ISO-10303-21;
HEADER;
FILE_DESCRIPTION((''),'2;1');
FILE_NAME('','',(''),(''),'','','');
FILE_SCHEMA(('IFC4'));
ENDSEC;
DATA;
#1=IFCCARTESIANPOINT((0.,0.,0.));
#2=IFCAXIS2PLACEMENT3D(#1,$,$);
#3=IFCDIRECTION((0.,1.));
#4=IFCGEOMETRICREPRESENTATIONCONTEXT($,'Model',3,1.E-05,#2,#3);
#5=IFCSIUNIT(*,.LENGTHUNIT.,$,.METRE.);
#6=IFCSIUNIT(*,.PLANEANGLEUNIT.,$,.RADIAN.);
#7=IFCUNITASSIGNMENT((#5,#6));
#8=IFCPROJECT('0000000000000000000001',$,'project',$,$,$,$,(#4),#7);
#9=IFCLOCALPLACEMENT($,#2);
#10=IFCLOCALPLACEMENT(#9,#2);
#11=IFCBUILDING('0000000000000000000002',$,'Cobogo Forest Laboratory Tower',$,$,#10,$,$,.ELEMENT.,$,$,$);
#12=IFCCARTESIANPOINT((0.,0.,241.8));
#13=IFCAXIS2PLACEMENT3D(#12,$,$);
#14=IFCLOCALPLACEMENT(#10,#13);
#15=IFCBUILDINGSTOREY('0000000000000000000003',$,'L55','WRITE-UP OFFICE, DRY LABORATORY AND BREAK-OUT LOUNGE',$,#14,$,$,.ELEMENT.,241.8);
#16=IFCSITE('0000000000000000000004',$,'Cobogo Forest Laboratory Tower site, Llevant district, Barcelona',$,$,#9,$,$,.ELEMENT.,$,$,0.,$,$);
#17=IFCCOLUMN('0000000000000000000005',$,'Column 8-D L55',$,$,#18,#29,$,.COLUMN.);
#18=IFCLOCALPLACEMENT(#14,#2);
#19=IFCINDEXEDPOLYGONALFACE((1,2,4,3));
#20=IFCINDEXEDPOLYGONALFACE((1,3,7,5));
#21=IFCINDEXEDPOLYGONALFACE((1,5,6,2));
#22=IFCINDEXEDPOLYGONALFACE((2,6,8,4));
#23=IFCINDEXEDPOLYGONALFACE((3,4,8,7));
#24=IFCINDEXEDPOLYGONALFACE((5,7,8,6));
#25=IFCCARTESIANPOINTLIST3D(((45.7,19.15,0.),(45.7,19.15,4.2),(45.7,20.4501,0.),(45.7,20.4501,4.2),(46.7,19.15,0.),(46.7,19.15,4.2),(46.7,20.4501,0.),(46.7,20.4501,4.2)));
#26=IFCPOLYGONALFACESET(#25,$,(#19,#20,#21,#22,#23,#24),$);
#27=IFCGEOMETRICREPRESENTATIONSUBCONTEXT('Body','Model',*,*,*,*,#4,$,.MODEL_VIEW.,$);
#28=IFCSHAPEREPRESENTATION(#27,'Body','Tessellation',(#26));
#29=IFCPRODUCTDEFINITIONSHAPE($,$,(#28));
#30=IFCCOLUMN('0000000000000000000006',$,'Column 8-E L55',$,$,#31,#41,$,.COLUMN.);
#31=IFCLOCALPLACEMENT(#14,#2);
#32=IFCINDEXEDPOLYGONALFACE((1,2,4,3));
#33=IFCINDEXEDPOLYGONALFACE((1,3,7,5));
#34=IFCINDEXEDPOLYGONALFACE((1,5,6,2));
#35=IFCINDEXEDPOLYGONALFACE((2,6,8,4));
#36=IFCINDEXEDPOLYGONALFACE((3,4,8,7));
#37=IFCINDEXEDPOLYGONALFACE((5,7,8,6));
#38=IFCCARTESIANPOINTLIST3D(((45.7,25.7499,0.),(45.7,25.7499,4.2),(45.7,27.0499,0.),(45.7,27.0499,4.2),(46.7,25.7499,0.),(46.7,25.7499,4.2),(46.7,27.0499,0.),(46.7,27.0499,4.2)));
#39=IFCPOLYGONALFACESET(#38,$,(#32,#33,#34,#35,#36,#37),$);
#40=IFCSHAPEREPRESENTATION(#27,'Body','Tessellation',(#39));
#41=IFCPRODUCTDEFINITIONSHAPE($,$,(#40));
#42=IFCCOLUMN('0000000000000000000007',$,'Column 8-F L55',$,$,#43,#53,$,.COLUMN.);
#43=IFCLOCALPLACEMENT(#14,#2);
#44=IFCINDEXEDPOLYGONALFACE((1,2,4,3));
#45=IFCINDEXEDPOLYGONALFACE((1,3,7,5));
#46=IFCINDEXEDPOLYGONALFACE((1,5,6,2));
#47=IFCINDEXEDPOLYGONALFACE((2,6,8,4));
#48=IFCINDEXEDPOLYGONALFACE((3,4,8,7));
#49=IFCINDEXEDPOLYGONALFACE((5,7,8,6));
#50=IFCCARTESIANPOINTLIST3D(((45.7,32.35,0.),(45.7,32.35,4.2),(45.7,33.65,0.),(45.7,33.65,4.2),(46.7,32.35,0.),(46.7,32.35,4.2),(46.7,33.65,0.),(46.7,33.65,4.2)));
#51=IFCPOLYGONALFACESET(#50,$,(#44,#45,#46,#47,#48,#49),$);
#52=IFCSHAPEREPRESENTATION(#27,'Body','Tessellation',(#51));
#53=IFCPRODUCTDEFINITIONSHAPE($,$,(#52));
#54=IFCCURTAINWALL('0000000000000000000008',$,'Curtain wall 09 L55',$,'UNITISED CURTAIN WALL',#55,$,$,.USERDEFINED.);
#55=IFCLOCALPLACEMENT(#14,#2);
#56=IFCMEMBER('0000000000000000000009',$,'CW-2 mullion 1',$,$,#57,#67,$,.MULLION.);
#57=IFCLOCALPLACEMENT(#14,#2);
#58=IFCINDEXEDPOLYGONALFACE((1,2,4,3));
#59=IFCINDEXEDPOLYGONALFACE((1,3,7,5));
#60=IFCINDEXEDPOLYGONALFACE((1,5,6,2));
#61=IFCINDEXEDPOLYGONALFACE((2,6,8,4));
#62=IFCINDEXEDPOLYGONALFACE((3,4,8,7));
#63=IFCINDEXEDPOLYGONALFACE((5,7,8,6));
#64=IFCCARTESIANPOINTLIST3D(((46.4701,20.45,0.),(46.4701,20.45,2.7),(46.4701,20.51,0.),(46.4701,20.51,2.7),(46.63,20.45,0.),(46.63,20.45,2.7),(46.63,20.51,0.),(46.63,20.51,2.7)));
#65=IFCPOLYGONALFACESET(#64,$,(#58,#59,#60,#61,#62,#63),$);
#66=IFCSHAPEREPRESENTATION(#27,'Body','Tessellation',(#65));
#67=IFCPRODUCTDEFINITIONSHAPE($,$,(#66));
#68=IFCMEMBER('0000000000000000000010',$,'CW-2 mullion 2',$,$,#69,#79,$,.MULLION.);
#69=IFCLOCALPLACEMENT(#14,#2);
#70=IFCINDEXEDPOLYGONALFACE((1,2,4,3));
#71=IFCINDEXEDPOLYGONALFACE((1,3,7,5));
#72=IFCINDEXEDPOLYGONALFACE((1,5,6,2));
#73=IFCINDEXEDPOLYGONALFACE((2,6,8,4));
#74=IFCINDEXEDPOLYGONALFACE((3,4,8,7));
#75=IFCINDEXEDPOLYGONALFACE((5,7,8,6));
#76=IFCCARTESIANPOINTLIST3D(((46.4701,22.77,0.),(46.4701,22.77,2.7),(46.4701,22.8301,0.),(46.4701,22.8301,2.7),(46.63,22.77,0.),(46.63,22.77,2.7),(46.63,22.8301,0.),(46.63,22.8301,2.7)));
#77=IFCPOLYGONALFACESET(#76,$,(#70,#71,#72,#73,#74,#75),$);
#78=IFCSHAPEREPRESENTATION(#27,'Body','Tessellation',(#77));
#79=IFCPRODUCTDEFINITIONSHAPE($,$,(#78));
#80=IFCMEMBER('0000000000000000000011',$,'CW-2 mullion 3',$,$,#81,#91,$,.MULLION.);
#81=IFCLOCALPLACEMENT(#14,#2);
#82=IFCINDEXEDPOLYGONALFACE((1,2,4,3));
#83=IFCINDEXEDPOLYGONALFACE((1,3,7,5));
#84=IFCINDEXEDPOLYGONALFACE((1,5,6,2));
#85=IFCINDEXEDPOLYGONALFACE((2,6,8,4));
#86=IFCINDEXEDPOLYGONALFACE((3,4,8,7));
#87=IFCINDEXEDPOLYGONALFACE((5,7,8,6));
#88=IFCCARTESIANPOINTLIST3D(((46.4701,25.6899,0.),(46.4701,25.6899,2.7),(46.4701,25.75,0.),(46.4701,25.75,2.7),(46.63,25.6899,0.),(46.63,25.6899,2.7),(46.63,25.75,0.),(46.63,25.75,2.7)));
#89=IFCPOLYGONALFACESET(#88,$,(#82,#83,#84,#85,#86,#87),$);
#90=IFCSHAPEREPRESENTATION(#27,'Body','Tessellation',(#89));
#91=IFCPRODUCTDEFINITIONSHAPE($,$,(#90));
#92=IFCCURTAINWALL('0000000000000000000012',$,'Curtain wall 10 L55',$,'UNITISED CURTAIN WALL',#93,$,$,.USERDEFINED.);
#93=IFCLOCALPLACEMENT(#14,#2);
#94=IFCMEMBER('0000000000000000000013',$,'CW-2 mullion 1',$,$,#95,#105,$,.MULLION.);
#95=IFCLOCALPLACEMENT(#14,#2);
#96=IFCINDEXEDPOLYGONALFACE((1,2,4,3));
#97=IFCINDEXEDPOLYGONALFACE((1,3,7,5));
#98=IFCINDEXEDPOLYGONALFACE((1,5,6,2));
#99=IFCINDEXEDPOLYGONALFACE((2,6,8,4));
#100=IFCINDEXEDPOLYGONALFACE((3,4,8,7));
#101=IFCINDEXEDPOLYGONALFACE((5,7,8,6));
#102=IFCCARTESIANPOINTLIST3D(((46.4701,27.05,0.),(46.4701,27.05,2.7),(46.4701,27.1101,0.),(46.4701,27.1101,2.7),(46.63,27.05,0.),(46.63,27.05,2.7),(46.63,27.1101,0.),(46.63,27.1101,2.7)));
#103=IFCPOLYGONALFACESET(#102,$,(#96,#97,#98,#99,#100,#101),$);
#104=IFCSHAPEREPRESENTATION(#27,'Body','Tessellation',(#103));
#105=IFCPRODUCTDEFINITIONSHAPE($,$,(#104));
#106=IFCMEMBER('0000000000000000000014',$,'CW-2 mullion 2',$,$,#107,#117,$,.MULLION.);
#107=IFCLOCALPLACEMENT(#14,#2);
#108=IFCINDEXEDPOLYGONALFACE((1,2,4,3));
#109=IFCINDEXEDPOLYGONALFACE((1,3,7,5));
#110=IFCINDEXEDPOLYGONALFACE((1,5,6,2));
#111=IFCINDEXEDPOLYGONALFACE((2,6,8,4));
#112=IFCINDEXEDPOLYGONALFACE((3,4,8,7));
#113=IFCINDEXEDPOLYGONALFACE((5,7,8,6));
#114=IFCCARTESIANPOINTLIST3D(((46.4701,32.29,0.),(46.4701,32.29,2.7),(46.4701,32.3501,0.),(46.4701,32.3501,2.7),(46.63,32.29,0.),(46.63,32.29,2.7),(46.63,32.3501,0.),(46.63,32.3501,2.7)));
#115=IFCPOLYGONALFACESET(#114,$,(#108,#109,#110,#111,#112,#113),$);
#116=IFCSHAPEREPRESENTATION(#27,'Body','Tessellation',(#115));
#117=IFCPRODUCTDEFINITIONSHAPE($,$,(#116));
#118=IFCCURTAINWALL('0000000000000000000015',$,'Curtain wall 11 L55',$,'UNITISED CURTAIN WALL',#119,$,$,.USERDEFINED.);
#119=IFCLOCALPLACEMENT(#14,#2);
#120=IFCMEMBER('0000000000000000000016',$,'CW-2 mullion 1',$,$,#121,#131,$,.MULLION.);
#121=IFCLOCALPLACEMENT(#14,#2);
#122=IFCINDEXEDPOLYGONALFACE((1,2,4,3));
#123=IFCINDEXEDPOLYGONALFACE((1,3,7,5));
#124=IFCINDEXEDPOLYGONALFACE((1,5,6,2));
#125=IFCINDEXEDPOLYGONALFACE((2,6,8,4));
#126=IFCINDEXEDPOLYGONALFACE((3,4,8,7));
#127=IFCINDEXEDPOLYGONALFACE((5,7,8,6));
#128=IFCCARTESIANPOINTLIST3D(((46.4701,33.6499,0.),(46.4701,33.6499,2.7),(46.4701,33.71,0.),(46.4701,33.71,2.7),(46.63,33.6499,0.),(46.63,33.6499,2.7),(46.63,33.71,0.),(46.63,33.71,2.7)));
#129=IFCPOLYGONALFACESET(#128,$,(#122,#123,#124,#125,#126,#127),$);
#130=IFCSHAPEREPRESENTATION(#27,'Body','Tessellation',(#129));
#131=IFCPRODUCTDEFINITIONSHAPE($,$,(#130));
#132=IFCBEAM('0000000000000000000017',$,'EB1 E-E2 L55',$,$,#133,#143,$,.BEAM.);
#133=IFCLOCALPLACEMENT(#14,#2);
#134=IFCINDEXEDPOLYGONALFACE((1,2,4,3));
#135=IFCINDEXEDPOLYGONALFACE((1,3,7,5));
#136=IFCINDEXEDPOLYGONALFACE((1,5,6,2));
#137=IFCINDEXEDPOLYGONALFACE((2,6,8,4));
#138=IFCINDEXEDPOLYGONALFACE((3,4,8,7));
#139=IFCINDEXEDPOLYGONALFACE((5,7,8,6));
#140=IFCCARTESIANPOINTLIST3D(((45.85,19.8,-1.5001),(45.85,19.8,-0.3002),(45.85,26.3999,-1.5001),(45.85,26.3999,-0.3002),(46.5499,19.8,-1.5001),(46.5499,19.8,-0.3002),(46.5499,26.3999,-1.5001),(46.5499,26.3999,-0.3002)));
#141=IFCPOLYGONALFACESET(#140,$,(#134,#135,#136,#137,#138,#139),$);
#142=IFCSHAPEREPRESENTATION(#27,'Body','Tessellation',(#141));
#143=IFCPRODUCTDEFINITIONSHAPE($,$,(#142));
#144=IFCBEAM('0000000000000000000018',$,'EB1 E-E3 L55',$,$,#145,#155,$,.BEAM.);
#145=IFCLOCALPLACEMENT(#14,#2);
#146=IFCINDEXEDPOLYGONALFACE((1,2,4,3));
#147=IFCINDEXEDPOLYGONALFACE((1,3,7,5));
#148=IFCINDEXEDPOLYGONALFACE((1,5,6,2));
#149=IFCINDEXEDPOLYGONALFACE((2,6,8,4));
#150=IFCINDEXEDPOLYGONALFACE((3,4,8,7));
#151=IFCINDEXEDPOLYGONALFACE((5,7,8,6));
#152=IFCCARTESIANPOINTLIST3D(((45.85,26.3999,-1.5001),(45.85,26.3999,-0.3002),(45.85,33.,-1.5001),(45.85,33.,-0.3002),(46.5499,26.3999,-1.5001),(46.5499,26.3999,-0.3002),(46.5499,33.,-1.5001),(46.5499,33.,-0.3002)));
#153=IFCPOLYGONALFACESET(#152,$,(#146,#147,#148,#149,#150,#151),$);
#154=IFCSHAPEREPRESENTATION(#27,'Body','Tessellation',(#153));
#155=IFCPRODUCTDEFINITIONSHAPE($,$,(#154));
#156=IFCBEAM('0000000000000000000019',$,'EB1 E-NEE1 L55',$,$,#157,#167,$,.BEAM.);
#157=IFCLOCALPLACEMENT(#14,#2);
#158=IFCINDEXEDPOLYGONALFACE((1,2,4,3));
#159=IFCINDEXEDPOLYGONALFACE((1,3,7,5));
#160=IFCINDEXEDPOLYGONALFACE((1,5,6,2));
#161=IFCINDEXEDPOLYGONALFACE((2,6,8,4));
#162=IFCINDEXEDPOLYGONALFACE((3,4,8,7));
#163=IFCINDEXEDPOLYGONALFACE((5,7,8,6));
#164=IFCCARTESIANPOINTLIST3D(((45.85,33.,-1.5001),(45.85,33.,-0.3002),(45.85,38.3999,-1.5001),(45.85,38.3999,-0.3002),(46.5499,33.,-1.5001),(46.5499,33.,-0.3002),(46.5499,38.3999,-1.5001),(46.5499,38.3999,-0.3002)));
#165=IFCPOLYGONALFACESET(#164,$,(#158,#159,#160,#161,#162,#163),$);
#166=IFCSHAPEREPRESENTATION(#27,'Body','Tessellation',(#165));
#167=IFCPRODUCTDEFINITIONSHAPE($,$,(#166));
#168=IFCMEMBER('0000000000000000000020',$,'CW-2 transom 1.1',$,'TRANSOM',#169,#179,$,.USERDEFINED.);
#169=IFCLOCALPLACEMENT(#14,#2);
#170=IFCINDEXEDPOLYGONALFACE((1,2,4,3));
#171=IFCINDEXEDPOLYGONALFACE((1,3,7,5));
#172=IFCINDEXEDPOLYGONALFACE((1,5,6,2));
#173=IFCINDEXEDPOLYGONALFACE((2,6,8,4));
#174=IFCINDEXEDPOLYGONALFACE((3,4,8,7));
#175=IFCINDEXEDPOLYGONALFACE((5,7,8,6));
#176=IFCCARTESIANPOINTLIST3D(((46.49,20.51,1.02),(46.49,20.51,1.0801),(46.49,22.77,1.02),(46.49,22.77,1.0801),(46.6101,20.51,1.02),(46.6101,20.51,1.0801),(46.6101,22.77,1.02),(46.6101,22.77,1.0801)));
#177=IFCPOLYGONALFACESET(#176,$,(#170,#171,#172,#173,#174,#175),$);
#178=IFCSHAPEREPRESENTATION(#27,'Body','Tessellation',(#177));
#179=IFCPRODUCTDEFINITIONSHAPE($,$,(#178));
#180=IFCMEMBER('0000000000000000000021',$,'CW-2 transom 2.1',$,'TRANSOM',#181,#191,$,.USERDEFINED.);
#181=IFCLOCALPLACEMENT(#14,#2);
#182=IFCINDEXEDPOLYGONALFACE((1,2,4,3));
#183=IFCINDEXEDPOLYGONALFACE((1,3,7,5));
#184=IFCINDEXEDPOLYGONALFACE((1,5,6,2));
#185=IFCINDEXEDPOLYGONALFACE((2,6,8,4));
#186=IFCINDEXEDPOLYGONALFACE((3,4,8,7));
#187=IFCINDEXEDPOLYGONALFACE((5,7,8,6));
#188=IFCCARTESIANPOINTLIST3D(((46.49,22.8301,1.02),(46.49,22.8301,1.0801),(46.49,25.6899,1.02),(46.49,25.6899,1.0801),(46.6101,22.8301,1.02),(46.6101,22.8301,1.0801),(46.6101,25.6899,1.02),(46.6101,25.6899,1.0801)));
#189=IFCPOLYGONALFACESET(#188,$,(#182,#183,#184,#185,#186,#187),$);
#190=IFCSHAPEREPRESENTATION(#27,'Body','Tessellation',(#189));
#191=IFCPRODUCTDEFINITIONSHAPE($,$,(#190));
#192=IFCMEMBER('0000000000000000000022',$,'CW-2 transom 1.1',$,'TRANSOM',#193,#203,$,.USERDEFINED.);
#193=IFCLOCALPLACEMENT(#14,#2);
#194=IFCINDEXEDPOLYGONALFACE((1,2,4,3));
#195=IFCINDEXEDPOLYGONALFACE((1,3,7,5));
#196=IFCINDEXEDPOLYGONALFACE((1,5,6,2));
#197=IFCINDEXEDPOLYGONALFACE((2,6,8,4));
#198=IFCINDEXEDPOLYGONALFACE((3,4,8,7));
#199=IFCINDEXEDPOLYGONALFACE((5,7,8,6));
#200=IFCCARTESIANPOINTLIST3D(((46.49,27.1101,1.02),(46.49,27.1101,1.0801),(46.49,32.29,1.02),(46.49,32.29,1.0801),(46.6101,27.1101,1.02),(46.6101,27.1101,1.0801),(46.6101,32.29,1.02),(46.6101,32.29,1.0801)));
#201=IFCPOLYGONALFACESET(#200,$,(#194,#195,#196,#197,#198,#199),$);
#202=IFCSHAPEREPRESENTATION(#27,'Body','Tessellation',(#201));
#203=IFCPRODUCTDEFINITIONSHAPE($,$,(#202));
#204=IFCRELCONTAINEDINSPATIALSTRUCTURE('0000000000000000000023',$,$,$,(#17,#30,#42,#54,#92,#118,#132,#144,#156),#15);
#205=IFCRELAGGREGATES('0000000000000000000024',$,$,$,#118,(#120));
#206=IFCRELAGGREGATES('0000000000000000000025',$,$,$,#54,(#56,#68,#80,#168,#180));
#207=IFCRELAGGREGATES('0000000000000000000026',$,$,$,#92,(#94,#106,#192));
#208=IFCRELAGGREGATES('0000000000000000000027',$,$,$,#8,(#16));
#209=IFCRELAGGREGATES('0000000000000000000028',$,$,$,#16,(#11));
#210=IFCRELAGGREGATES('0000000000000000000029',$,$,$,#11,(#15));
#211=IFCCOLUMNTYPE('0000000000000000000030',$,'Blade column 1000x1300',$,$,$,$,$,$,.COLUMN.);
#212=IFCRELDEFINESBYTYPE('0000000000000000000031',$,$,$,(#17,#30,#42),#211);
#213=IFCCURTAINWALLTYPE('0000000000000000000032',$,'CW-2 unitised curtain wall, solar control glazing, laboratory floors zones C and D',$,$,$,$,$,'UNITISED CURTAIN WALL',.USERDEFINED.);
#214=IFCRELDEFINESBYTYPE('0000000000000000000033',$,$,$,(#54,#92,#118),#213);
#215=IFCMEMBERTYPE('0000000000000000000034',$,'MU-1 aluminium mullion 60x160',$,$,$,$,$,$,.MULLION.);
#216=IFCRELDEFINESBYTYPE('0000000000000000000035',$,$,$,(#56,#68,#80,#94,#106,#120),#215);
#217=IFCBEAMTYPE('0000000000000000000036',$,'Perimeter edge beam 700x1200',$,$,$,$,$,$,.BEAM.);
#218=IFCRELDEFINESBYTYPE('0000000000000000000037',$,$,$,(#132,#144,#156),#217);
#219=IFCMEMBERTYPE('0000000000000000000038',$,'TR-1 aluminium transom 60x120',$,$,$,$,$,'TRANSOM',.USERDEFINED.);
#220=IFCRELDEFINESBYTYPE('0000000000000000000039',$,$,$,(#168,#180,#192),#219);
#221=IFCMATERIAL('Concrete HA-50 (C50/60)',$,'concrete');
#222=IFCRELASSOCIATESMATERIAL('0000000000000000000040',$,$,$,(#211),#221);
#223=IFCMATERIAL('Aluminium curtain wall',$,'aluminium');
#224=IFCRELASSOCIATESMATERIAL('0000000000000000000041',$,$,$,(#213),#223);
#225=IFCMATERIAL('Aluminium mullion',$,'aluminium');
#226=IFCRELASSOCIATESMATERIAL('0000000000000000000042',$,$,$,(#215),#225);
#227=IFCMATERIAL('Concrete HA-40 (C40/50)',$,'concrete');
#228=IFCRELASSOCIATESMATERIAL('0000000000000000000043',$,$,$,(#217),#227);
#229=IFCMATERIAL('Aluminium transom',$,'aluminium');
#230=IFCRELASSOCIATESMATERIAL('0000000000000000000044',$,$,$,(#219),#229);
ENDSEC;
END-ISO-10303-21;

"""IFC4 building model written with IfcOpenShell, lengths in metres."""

from ifc_helpers import new_model, si_unit, direction, frame, origin, origin_2d, place, context, subcontext, project, spatial, rectangle, extrude, material, material_profile, profile_set, type_object, element, aggregate, save


model = new_model("IFC4")

# Units and contexts
model_context = context("Model", 3, precision=1e-05, world=origin(), true_north=direction((0.0, 1.0)))
body_context = subcontext(model_context, "Body", "Model", "MODEL_VIEW")
ifc_project = project(units=[si_unit("LENGTHUNIT", "METRE"), si_unit("PLANEANGLEUNIT", "RADIAN")], contexts=[model_context])

# Site, building, storey
site_placement = place(None, origin())
site = spatial("IfcSite", under=ifc_project, at=site_placement, Name="Cobogo Forest Laboratory Tower site, Llevant district, Barcelona", CompositionType="ELEMENT", RefElevation=0.0)
building_placement = place(site_placement, origin())
building = spatial("IfcBuilding", under=site, at=building_placement, Name="Cobogo Forest Laboratory Tower", CompositionType="ELEMENT")
storey_placement = place(building_placement, frame((0.0, 0.0, 241.8)))
storey = spatial("IfcBuildingStorey", under=building, at=storey_placement, Name="L55", Description="WRITE-UP OFFICE, DRY LABORATORY AND BREAK-OUT LOUNGE", CompositionType="ELEMENT", Elevation=241.8)

# Columns
ifc_material_1 = material(Name="Concrete HA-50 (C50/60)", Category="concrete")
ifc_material_profile_1 = material_profile(ifc_material_1, rectangle(XDim=1.3, YDim=1.0, at=origin_2d()), Name="RC 1000x1300")
ifc_profile_set_1 = profile_set([ifc_material_profile_1], Name="Concrete HA-50 (C50/60)")
column_type = type_object("IfcColumnType", Name="Blade column 1000x1300", PredefinedType="COLUMN", material=ifc_profile_set_1)
for number, where, z_axis, x_axis, name in (
    (1, (46.2, 19.8, 0.0), (0.0, 0.0, 1.0), (0.0, 1.0, 0.0), "Column 8-D L55"),
    (2, (46.2, 26.3999, 0.0), (0.0, 0.0, 1.0), (0.0, 1.0, 0.0), "Column 8-E L55"),
    (3, (46.2, 33.0, 0.0), (0.0, 0.0, 1.0), (0.0, 1.0, 0.0), "Column 8-F L55"),
):
    element("IfcColumn", number, at=place(storey_placement, frame(where, z_axis=z_axis, x_axis=x_axis)), inside=storey, type_object=column_type, Name=name, PredefinedType="COLUMN", context=body_context, shape_type="SweptSolid", body=[
        extrude(rectangle(XDim=1.3, YDim=1.0, at=origin_2d()), origin(), (0.0, 0.0, 1.0), 4.2),
    ])

# Curtain walls, members
ifc_material_2 = material(Name="Aluminium curtain wall", Category="aluminium")
curtain_wall_type = type_object("IfcCurtainWallType", Name="CW-2 unitised curtain wall, solar control glazing, laboratory floors zones C and D", ElementType="UNITISED CURTAIN WALL", PredefinedType="USERDEFINED", material=ifc_material_2)
curtain_wall_1_placement = place(storey_placement, origin())
curtain_wall_1 = element("IfcCurtainWall", 4, at=curtain_wall_1_placement, inside=storey, type_object=curtain_wall_type, Name="Curtain wall 09 L55", ObjectType="UNITISED CURTAIN WALL", PredefinedType="USERDEFINED")
ifc_material_3 = material(Name="Aluminium mullion", Category="aluminium")
ifc_material_profile_2 = material_profile(ifc_material_3, rectangle(XDim=0.0601, YDim=0.1599, at=origin_2d()), Name="AL 60x160")
ifc_profile_set_2 = profile_set([ifc_material_profile_2], Name="Aluminium mullion")
member_type_1 = type_object("IfcMemberType", Name="MU-1 aluminium mullion 60x160", PredefinedType="MULLION", material=ifc_profile_set_2)
member_1_placement = place(storey_placement, frame((46.55, 20.48, 0.0), z_axis=(0.0, 0.0, 1.0), x_axis=(0.0, 1.0, 0.0)))
member_1 = element("IfcMember", 5, at=member_1_placement, type_object=member_type_1, Name="CW-2 mullion 1", PredefinedType="MULLION", context=body_context, shape_type="SweptSolid", body=[
    extrude(rectangle(XDim=0.0601, YDim=0.1599, at=origin_2d()), origin(), (0.0, 0.0, 1.0), 2.7),
])
member_2_placement = place(storey_placement, frame((46.55, 22.8, 0.0), z_axis=(0.0, 0.0, 1.0), x_axis=(0.0, 1.0, 0.0)))
member_2 = element("IfcMember", 6, at=member_2_placement, type_object=member_type_1, Name="CW-2 mullion 2", PredefinedType="MULLION", context=body_context, shape_type="SweptSolid", body=[
    extrude(rectangle(XDim=0.0601, YDim=0.1599, at=origin_2d()), origin(), (0.0, 0.0, 1.0), 2.7),
])
member_3_placement = place(storey_placement, frame((46.55, 25.72, 0.0), z_axis=(0.0, 0.0, 1.0), x_axis=(0.0, 1.0, 0.0)))
member_3 = element("IfcMember", 7, at=member_3_placement, type_object=member_type_1, Name="CW-2 mullion 3", PredefinedType="MULLION", context=body_context, shape_type="SweptSolid", body=[
    extrude(rectangle(XDim=0.0601, YDim=0.1599, at=origin_2d()), origin(), (0.0, 0.0, 1.0), 2.7),
])
curtain_wall_2_placement = place(storey_placement, origin())
curtain_wall_2 = element("IfcCurtainWall", 8, at=curtain_wall_2_placement, inside=storey, type_object=curtain_wall_type, Name="Curtain wall 10 L55", ObjectType="UNITISED CURTAIN WALL", PredefinedType="USERDEFINED")
member_4_placement = place(storey_placement, frame((46.55, 27.0801, 0.0), z_axis=(0.0, 0.0, 1.0), x_axis=(0.0, 1.0, 0.0)))
member_4 = element("IfcMember", 9, at=member_4_placement, type_object=member_type_1, Name="CW-2 mullion 1", PredefinedType="MULLION", context=body_context, shape_type="SweptSolid", body=[
    extrude(rectangle(XDim=0.0601, YDim=0.1599, at=origin_2d()), origin(), (0.0, 0.0, 1.0), 2.7),
])
member_5_placement = place(storey_placement, frame((46.55, 32.3201, 0.0), z_axis=(0.0, 0.0, 1.0), x_axis=(0.0, 1.0, 0.0)))
member_5 = element("IfcMember", 10, at=member_5_placement, type_object=member_type_1, Name="CW-2 mullion 2", PredefinedType="MULLION", context=body_context, shape_type="SweptSolid", body=[
    extrude(rectangle(XDim=0.0601, YDim=0.1599, at=origin_2d()), origin(), (0.0, 0.0, 1.0), 2.7),
])

# Curtain wall, member
curtain_wall_3_placement = place(storey_placement, origin())
curtain_wall_3 = element("IfcCurtainWall", 11, at=curtain_wall_3_placement, inside=storey, type_object=curtain_wall_type, Name="Curtain wall 11 L55", ObjectType="UNITISED CURTAIN WALL", PredefinedType="USERDEFINED")
member_6_placement = place(storey_placement, frame((46.55, 33.6799, 0.0), z_axis=(0.0, 0.0, 1.0), x_axis=(0.0, 1.0, 0.0)))
member_6 = element("IfcMember", 12, at=member_6_placement, type_object=member_type_1, Name="CW-2 mullion 1", PredefinedType="MULLION", context=body_context, shape_type="SweptSolid", body=[
    extrude(rectangle(XDim=0.0601, YDim=0.1599, at=origin_2d()), origin(), (0.0, 0.0, 1.0), 2.7),
])
aggregate(curtain_wall_3, [member_6])

# Beams
ifc_material_4 = material(Name="Concrete HA-40 (C40/50)", Category="concrete")
ifc_material_profile_3 = material_profile(ifc_material_4, rectangle(XDim=0.7, YDim=1.2, at=origin_2d()), Name="RC 700x1200")
ifc_profile_set_3 = profile_set([ifc_material_profile_3], Name="Concrete HA-40 (C40/50)")
beam_type = type_object("IfcBeamType", Name="Perimeter edge beam 700x1200", PredefinedType="BEAM", material=ifc_profile_set_3)
beam_1_placement = place(storey_placement, frame((46.2, 19.8, -0.9001), z_axis=(0.0, 1.0, 0.0), x_axis=(-1.0, 0.0, 0.0)))
element("IfcBeam", 13, at=beam_1_placement, inside=storey, type_object=beam_type, Name="EB1 E-E2 L55", PredefinedType="BEAM", context=body_context, shape_type="SweptSolid", body=[
    extrude(rectangle(XDim=0.7, YDim=1.2, at=origin_2d()), origin(), (0.0, 0.0, 1.0), 6.5999),
])
beam_2_placement = place(storey_placement, frame((46.2, 26.3999, -0.9001), z_axis=(0.0, 1.0, 0.0), x_axis=(-1.0, 0.0, 0.0)))
element("IfcBeam", 14, at=beam_2_placement, inside=storey, type_object=beam_type, Name="EB1 E-E3 L55", PredefinedType="BEAM", context=body_context, shape_type="SweptSolid", body=[
    extrude(rectangle(XDim=0.7, YDim=1.2, at=origin_2d()), origin(), (0.0, 0.0, 1.0), 6.6001),
])
beam_3_placement = place(storey_placement, frame((46.2, 33.0, -0.9001), z_axis=(0.0, 1.0, 0.0), x_axis=(-1.0, 0.0, 0.0)))
element("IfcBeam", 15, at=beam_3_placement, inside=storey, type_object=beam_type, Name="EB1 E-NEE1 L55", PredefinedType="BEAM", context=body_context, shape_type="SweptSolid", body=[
    extrude(rectangle(XDim=0.7, YDim=1.2, at=origin_2d()), origin(), (0.0, 0.0, 1.0), 5.3999),
])

# Members
ifc_material_5 = material(Name="Aluminium transom", Category="aluminium")
ifc_material_profile_4 = material_profile(ifc_material_5, rectangle(XDim=0.1201, YDim=0.0601, at=origin_2d()), Name="AL 60x120")
ifc_profile_set_4 = profile_set([ifc_material_profile_4], Name="Aluminium transom")
member_type_2 = type_object("IfcMemberType", Name="TR-1 aluminium transom 60x120", ElementType="TRANSOM", PredefinedType="USERDEFINED", material=ifc_profile_set_4)
member_7_placement = place(storey_placement, frame((46.55, 20.51, 1.05), z_axis=(0.0, 1.0, 0.0), x_axis=(-1.0, 0.0, 0.0)))
member_7 = element("IfcMember", 16, at=member_7_placement, type_object=member_type_2, Name="CW-2 transom 1.1", ObjectType="TRANSOM", PredefinedType="USERDEFINED", context=body_context, shape_type="SweptSolid", body=[
    extrude(rectangle(XDim=0.1201, YDim=0.0601, at=origin_2d()), origin(), (0.0, 0.0, 1.0), 2.26),
])
member_8_placement = place(storey_placement, frame((46.55, 22.8301, 1.05), z_axis=(0.0, 1.0, 0.0), x_axis=(-1.0, 0.0, 0.0)))
member_8 = element("IfcMember", 17, at=member_8_placement, type_object=member_type_2, Name="CW-2 transom 2.1", ObjectType="TRANSOM", PredefinedType="USERDEFINED", context=body_context, shape_type="SweptSolid", body=[
    extrude(rectangle(XDim=0.1201, YDim=0.0601, at=origin_2d()), origin(), (0.0, 0.0, 1.0), 2.8599),
])
member_9_placement = place(storey_placement, frame((46.55, 27.1101, 1.05), z_axis=(0.0, 1.0, 0.0), x_axis=(-1.0, 0.0, 0.0)))
member_9 = element("IfcMember", 18, at=member_9_placement, type_object=member_type_2, Name="CW-2 transom 1.1", ObjectType="TRANSOM", PredefinedType="USERDEFINED", context=body_context, shape_type="SweptSolid", body=[
    extrude(rectangle(XDim=0.1201, YDim=0.0601, at=origin_2d()), origin(), (0.0, 0.0, 1.0), 5.1799),
])

aggregate(curtain_wall_1, [member_1, member_2, member_3, member_7, member_8])
aggregate(curtain_wall_2, [member_4, member_5, member_9])

save(model, "model.ifc")
